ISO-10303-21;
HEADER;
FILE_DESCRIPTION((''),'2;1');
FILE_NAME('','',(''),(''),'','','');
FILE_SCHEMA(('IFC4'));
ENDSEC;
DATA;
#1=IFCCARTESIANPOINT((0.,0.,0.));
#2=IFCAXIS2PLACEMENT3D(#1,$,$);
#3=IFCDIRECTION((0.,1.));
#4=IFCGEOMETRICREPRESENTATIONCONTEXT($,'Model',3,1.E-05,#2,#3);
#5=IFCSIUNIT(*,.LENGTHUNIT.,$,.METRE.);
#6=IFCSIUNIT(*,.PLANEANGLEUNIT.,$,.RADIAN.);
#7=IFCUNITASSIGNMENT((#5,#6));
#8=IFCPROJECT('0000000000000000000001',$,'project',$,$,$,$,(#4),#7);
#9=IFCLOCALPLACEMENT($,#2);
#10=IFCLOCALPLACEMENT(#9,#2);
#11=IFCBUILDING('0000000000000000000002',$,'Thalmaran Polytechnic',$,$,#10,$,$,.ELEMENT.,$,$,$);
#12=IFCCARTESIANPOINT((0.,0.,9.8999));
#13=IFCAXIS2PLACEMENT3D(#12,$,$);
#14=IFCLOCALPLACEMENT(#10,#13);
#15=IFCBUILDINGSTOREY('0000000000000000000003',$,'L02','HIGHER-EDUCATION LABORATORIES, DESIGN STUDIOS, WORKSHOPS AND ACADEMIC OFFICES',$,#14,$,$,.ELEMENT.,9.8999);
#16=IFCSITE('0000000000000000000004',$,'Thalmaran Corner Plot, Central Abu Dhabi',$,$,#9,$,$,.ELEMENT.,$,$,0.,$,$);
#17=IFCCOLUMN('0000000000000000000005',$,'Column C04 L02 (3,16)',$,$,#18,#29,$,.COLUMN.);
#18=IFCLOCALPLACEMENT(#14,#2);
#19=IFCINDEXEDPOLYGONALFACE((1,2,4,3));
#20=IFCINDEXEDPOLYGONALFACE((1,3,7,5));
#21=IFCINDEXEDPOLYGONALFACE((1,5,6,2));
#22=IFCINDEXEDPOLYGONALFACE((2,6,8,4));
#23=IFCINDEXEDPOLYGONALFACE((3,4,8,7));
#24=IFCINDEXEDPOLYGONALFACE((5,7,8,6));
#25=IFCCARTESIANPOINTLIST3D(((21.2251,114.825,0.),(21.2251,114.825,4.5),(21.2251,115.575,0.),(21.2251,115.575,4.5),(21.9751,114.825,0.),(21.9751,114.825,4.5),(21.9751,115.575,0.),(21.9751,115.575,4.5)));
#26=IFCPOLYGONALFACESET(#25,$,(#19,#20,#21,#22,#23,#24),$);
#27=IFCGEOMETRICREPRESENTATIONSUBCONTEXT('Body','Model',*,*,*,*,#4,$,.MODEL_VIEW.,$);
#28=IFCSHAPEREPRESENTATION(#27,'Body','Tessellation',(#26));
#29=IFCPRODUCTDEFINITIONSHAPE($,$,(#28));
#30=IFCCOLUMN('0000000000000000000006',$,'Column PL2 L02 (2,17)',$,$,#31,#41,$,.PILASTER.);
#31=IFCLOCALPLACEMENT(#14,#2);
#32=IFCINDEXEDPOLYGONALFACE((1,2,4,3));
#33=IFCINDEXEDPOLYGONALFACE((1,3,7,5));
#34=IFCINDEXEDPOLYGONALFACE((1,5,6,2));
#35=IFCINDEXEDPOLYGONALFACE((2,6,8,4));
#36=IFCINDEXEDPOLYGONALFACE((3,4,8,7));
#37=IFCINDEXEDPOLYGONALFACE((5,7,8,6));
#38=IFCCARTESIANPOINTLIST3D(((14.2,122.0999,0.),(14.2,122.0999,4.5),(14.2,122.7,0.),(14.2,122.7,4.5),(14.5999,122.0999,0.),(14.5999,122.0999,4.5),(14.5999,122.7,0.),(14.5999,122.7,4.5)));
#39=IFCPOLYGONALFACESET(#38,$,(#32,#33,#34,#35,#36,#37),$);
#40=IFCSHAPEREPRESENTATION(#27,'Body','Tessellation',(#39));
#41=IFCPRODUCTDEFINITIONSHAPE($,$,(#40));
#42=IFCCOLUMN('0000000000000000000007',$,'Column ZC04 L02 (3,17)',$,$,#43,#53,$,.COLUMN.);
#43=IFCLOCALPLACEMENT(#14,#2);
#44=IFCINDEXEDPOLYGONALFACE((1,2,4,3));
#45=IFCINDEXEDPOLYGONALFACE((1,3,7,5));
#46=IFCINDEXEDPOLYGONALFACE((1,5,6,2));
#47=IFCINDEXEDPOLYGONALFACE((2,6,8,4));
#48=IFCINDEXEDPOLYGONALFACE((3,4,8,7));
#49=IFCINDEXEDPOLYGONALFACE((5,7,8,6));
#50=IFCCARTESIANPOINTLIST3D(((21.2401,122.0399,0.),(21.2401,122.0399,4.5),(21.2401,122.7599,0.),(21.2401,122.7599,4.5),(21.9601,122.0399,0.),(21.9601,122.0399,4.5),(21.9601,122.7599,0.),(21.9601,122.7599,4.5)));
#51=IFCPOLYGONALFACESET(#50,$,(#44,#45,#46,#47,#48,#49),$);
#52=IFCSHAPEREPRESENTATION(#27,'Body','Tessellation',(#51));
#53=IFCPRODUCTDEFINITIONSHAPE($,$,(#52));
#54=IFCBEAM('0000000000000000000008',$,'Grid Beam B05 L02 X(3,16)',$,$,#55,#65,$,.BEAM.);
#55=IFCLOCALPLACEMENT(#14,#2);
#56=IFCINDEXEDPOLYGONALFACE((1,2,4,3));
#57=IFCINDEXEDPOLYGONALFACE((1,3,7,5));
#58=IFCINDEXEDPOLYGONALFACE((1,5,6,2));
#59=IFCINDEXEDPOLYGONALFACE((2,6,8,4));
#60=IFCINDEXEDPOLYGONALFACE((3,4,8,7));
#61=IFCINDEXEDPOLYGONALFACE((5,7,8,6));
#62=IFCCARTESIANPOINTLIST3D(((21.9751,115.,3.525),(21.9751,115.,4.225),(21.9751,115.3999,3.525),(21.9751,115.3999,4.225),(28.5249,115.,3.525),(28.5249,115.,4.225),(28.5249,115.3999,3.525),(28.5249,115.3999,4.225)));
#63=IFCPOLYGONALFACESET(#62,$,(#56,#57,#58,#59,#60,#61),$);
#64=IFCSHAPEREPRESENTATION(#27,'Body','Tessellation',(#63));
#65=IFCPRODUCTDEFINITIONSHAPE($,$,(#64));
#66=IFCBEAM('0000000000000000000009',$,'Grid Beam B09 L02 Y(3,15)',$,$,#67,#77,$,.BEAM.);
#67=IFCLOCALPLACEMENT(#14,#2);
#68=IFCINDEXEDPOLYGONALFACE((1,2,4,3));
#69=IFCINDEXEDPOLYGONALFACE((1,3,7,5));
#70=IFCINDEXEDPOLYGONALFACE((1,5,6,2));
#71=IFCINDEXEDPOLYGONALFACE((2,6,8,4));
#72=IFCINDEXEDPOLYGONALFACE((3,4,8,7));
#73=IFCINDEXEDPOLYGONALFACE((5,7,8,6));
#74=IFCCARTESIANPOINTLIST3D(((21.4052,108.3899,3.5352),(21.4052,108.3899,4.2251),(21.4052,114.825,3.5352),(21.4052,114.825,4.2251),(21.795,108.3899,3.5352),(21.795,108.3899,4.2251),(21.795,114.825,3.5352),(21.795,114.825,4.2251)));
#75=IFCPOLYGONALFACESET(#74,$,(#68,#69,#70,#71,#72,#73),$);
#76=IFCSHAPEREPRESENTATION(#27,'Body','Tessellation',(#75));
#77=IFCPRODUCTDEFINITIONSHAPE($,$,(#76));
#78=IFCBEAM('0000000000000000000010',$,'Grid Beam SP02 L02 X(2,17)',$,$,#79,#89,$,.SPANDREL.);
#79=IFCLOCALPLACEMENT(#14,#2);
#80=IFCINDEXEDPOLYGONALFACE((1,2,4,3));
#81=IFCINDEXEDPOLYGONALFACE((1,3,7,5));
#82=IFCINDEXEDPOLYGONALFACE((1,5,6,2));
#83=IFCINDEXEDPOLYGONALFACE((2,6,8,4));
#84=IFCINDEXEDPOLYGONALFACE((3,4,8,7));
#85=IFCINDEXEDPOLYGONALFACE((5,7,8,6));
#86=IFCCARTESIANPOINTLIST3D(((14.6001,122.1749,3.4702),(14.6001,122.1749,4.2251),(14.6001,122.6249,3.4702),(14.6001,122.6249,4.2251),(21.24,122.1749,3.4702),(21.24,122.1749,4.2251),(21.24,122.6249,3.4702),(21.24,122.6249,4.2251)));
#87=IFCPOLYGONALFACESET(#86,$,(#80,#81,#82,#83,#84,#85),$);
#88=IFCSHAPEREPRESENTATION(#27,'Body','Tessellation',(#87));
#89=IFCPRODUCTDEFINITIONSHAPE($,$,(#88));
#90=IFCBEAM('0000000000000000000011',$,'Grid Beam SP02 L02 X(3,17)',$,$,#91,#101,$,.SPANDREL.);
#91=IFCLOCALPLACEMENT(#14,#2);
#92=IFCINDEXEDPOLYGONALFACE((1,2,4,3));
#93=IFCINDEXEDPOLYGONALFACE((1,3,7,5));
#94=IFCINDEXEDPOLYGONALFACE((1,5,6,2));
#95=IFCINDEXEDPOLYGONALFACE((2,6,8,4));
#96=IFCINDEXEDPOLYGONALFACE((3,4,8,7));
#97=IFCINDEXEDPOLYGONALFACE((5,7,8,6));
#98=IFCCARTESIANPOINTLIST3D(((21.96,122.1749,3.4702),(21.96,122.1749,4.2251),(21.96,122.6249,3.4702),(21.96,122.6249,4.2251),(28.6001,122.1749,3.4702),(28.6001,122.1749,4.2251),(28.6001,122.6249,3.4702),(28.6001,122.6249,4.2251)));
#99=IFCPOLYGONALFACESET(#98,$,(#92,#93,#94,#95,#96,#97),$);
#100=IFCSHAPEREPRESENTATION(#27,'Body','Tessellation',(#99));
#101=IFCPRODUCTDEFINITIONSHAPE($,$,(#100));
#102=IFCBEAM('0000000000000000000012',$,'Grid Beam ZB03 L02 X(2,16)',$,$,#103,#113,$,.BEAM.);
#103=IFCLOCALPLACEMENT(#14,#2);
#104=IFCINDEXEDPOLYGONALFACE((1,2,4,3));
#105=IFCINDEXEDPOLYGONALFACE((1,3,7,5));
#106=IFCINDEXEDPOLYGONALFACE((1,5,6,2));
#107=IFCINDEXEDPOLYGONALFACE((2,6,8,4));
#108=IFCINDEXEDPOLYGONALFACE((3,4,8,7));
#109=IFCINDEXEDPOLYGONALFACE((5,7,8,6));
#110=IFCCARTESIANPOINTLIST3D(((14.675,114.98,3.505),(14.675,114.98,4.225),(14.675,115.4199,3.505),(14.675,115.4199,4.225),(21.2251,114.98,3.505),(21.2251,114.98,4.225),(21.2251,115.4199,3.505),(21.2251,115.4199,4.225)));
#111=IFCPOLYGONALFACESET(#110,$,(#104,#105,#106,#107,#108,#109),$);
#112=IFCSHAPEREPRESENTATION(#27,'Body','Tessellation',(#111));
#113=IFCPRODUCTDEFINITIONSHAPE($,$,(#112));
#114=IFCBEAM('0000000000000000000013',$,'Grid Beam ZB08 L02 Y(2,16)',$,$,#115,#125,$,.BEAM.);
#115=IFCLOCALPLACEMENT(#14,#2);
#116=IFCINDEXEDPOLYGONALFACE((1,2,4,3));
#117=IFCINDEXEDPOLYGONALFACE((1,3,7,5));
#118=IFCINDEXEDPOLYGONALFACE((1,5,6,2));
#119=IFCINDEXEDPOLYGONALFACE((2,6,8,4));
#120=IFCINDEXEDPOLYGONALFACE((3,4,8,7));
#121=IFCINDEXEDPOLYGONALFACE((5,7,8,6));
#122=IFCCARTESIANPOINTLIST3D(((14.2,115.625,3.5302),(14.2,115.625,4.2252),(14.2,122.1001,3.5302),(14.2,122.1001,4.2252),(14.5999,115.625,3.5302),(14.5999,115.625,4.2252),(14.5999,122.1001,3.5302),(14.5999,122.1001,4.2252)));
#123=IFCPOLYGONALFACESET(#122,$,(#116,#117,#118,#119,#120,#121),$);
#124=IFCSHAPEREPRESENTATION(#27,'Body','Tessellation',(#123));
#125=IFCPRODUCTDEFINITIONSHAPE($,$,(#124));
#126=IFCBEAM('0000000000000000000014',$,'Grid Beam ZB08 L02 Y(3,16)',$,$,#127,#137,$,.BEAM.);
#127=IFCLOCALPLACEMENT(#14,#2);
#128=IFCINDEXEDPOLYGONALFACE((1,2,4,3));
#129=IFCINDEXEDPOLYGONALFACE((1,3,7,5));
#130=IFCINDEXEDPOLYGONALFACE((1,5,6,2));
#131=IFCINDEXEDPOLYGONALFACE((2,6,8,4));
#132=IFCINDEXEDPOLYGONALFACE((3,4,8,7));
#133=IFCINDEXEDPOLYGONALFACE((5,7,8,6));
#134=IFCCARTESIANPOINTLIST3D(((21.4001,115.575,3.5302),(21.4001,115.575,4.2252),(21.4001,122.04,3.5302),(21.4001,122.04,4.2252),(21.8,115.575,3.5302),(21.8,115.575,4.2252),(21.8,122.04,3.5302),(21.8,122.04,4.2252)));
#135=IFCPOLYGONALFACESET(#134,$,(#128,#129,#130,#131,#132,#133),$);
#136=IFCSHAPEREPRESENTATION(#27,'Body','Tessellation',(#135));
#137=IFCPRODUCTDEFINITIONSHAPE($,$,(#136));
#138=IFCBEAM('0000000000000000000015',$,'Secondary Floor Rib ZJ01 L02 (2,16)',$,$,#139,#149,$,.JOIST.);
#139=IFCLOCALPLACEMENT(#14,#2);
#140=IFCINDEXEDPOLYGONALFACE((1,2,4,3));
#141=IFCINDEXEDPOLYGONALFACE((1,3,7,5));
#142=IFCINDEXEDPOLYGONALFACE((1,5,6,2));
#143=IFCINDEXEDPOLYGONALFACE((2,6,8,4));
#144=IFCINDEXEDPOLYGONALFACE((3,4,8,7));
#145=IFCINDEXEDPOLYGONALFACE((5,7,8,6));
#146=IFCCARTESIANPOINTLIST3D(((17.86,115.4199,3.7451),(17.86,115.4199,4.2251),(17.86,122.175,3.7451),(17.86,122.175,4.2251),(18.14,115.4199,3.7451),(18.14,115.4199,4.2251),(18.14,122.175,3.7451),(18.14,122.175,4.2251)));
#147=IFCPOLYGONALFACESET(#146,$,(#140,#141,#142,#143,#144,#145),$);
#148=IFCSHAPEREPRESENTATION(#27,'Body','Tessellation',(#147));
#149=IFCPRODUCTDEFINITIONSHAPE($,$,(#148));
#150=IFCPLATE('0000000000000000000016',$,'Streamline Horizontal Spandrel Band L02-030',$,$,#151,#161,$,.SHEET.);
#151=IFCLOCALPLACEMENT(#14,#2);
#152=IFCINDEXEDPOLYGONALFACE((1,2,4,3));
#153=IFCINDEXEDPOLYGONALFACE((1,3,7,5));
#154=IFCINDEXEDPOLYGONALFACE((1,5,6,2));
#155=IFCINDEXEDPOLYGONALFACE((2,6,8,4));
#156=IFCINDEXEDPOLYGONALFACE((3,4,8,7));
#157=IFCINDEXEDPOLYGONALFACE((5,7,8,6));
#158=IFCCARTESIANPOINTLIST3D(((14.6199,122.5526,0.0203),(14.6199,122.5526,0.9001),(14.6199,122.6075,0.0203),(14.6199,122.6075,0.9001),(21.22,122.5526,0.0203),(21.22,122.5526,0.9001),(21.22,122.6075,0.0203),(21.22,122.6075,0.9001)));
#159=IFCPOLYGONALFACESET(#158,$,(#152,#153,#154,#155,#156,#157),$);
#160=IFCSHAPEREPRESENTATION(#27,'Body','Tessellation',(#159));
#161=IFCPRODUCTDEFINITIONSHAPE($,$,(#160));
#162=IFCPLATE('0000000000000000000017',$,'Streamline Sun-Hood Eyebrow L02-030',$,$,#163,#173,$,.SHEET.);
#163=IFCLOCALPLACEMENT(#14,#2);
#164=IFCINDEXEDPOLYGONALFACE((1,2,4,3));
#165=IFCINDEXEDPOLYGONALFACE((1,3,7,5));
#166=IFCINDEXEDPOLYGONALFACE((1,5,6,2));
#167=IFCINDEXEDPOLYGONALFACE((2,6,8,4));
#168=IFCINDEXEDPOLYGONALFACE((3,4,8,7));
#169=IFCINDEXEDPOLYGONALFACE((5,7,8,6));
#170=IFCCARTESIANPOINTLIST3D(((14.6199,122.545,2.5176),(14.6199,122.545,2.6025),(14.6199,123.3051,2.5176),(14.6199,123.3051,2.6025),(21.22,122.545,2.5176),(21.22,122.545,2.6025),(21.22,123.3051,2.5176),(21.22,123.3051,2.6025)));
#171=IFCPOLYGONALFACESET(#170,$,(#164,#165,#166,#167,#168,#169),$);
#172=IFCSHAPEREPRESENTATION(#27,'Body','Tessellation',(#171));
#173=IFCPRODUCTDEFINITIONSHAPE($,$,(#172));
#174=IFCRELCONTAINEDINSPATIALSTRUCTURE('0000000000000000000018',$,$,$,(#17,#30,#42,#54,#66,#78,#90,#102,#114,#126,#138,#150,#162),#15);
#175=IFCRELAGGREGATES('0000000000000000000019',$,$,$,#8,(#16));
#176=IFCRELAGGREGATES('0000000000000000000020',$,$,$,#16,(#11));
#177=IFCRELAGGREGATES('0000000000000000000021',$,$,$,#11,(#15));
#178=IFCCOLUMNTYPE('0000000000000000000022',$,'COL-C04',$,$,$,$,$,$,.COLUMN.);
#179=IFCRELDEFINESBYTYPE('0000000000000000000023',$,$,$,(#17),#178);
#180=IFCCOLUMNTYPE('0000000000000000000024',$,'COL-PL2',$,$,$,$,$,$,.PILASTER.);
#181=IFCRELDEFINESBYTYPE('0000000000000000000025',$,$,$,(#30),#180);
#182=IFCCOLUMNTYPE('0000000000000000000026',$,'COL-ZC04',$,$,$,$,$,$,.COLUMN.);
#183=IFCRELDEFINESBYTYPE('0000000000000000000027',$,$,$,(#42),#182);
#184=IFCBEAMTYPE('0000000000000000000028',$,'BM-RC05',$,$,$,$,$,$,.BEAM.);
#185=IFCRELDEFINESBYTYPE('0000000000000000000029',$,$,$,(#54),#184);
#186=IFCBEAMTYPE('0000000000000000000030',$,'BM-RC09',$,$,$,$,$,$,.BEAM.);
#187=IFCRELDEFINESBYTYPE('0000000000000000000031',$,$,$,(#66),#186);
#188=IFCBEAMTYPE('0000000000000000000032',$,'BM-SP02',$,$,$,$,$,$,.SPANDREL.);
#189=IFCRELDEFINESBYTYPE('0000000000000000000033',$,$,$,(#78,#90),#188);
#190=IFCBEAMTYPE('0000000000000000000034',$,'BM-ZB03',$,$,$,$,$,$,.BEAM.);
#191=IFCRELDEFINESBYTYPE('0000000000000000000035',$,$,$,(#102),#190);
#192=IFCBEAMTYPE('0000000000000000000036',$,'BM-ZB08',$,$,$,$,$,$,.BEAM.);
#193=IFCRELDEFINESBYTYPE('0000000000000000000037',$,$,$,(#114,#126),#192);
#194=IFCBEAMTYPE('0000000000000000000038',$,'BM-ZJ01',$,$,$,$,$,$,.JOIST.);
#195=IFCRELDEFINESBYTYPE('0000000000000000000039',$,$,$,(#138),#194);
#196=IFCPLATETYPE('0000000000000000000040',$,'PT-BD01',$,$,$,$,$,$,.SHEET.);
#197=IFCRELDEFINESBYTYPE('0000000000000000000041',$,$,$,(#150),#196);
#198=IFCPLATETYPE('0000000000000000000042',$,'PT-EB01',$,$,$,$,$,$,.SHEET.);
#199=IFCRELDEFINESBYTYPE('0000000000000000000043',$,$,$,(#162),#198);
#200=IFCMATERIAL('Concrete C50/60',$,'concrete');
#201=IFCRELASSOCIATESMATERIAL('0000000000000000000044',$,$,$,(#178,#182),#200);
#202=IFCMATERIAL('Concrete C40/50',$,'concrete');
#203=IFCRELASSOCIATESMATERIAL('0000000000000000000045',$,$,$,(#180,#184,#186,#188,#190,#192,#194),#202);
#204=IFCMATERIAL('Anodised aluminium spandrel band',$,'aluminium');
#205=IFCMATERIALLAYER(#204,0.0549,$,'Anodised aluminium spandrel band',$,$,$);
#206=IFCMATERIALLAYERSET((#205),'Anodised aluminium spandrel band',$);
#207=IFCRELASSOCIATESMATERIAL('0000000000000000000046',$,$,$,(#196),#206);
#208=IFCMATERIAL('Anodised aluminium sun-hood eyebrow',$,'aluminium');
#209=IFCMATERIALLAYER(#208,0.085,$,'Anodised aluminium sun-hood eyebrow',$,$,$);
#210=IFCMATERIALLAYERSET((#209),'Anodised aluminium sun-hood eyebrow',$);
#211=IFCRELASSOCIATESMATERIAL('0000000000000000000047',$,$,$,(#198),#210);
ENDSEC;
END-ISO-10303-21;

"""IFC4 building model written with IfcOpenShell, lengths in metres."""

from ifc_helpers import new_model, si_unit, direction, frame, origin, origin_2d, place, context, subcontext, project, spatial, rectangle, extrude, material, layer, layer_set, material_profile, profile_set, type_object, element, save


model = new_model("IFC4")

# Units and contexts
model_context = context("Model", 3, precision=1e-05, world=origin(), true_north=direction((0.0, 1.0)))
body_context = subcontext(model_context, "Body", "Model", "MODEL_VIEW")
ifc_project = project(units=[si_unit("LENGTHUNIT", "METRE"), si_unit("PLANEANGLEUNIT", "RADIAN")], contexts=[model_context])

# Site, building, storey
site_placement = place(None, origin())
site = spatial("IfcSite", under=ifc_project, at=site_placement, Name="Thalmaran Corner Plot, Central Abu Dhabi", CompositionType="ELEMENT", RefElevation=0.0)
building_placement = place(site_placement, origin())
building = spatial("IfcBuilding", under=site, at=building_placement, Name="Thalmaran Polytechnic", CompositionType="ELEMENT")
storey_placement = place(building_placement, frame((0.0, 0.0, 9.8999)))
storey = spatial("IfcBuildingStorey", under=building, at=storey_placement, Name="L02", Description="HIGHER-EDUCATION LABORATORIES, DESIGN STUDIOS, WORKSHOPS AND ACADEMIC OFFICES", CompositionType="ELEMENT", Elevation=9.8999)

# Columns
ifc_material_1 = material(Name="Concrete C50/60", Category="concrete")
ifc_material_profile_1 = material_profile(ifc_material_1, rectangle(XDim=0.75, YDim=0.75, at=origin_2d()), Name="RC 750x750")
ifc_profile_set_1 = profile_set([ifc_material_profile_1], Name="Concrete C50/60")
column_type_1 = type_object("IfcColumnType", Name="COL-C04", PredefinedType="COLUMN", material=ifc_profile_set_1)
column_1_placement = place(storey_placement, frame((21.6001, 115.2, 0.0), z_axis=(0.0, 0.0, 1.0), x_axis=(1.0, 0.0, 0.0)))
element("IfcColumn", 1, at=column_1_placement, inside=storey, type_object=column_type_1, Name="Column C04 L02 (3,16)", PredefinedType="COLUMN", context=body_context, shape_type="SweptSolid", body=[
    extrude(rectangle(XDim=0.75, YDim=0.75, at=origin_2d()), origin(), (0.0, 0.0, 1.0), 4.5),
])
ifc_material_2 = material(Name="Concrete C40/50", Category="concrete")
ifc_material_profile_2 = material_profile(ifc_material_2, rectangle(XDim=0.3999, YDim=0.6001, at=origin_2d()), Name="RC 400x600")
ifc_profile_set_2 = profile_set([ifc_material_profile_2], Name="Concrete C40/50")
column_type_2 = type_object("IfcColumnType", Name="COL-PL2", PredefinedType="PILASTER", material=ifc_profile_set_2)
column_2_placement = place(storey_placement, frame((14.3999, 122.3999, 0.0), z_axis=(0.0, 0.0, 1.0), x_axis=(1.0, 0.0, 0.0)))
element("IfcColumn", 2, at=column_2_placement, inside=storey, type_object=column_type_2, Name="Column PL2 L02 (2,17)", PredefinedType="PILASTER", context=body_context, shape_type="SweptSolid", body=[
    extrude(rectangle(XDim=0.3999, YDim=0.6001, at=origin_2d()), origin(), (0.0, 0.0, 1.0), 4.5),
])
ifc_material_profile_3 = material_profile(ifc_material_1, rectangle(XDim=0.72, YDim=0.72, at=origin_2d()), Name="RC 720x720")
ifc_profile_set_3 = profile_set([ifc_material_profile_3], Name="Concrete C50/60")
column_type_3 = type_object("IfcColumnType", Name="COL-ZC04", PredefinedType="COLUMN", material=ifc_profile_set_3)
column_3_placement = place(storey_placement, frame((21.6001, 122.3999, 0.0), z_axis=(0.0, 0.0, 1.0), x_axis=(1.0, 0.0, 0.0)))
element("IfcColumn", 3, at=column_3_placement, inside=storey, type_object=column_type_3, Name="Column ZC04 L02 (3,17)", PredefinedType="COLUMN", context=body_context, shape_type="SweptSolid", body=[
    extrude(rectangle(XDim=0.72, YDim=0.72, at=origin_2d()), origin(), (0.0, 0.0, 1.0), 4.5),
])

# Beams
ifc_material_profile_4 = material_profile(ifc_material_2, rectangle(XDim=0.3999, YDim=0.7, at=origin_2d()), Name="RC 400x700")
ifc_profile_set_4 = profile_set([ifc_material_profile_4], Name="Concrete C40/50")
beam_type_1 = type_object("IfcBeamType", Name="BM-RC05", PredefinedType="BEAM", material=ifc_profile_set_4)
beam_1_placement = place(storey_placement, frame((21.9751, 115.2, 3.875), z_axis=(1.0, 0.0, 0.0), x_axis=(0.0, 1.0, 0.0)))
element("IfcBeam", 4, at=beam_1_placement, inside=storey, type_object=beam_type_1, Name="Grid Beam B05 L02 X(3,16)", PredefinedType="BEAM", context=body_context, shape_type="SweptSolid", body=[
    extrude(rectangle(XDim=0.3999, YDim=0.7, at=origin_2d()), origin(), (0.0, 0.0, 1.0), 6.5498),
])
ifc_material_profile_5 = material_profile(ifc_material_2, rectangle(XDim=0.3899, YDim=0.6899, at=origin_2d()), Name="RC 390x690")
ifc_profile_set_5 = profile_set([ifc_material_profile_5], Name="Concrete C40/50")
beam_type_2 = type_object("IfcBeamType", Name="BM-RC09", PredefinedType="BEAM", material=ifc_profile_set_5)
beam_2_placement = place(storey_placement, frame((21.6001, 108.3899, 3.8801), z_axis=(0.0, 1.0, 0.0), x_axis=(-1.0, 0.0, 0.0)))
element("IfcBeam", 5, at=beam_2_placement, inside=storey, type_object=beam_type_2, Name="Grid Beam B09 L02 Y(3,15)", PredefinedType="BEAM", context=body_context, shape_type="SweptSolid", body=[
    extrude(rectangle(XDim=0.3899, YDim=0.6899, at=origin_2d()), origin(), (0.0, 0.0, 1.0), 6.4351),
])
ifc_material_profile_6 = material_profile(ifc_material_2, rectangle(XDim=0.45, YDim=0.7549, at=origin_2d()), Name="RC 450x755")
ifc_profile_set_6 = profile_set([ifc_material_profile_6], Name="Concrete C40/50")
beam_type_3 = type_object("IfcBeamType", Name="BM-SP02", PredefinedType="SPANDREL", material=ifc_profile_set_6)
beam_3_placement = place(storey_placement, frame((14.6001, 122.3999, 3.8477), z_axis=(1.0, 0.0, 0.0), x_axis=(0.0, 1.0, 0.0)))
element("IfcBeam", 6, at=beam_3_placement, inside=storey, type_object=beam_type_3, Name="Grid Beam SP02 L02 X(2,17)", PredefinedType="SPANDREL", context=body_context, shape_type="SweptSolid", body=[
    extrude(rectangle(XDim=0.45, YDim=0.7549, at=origin_2d()), origin(), (0.0, 0.0, 1.0), 6.6399),
])
beam_4_placement = place(storey_placement, frame((21.96, 122.3999, 3.8477), z_axis=(1.0, 0.0, 0.0), x_axis=(0.0, 1.0, 0.0)))
element("IfcBeam", 7, at=beam_4_placement, inside=storey, type_object=beam_type_3, Name="Grid Beam SP02 L02 X(3,17)", PredefinedType="SPANDREL", context=body_context, shape_type="SweptSolid", body=[
    extrude(rectangle(XDim=0.45, YDim=0.7549, at=origin_2d()), origin(), (0.0, 0.0, 1.0), 6.6401),
])
ifc_material_profile_7 = material_profile(ifc_material_2, rectangle(XDim=0.4399, YDim=0.72, at=origin_2d()), Name="RC 440x720")
ifc_profile_set_7 = profile_set([ifc_material_profile_7], Name="Concrete C40/50")
beam_type_4 = type_object("IfcBeamType", Name="BM-ZB03", PredefinedType="BEAM", material=ifc_profile_set_7)
beam_5_placement = place(storey_placement, frame((14.675, 115.2, 3.865), z_axis=(1.0, 0.0, 0.0), x_axis=(0.0, 1.0, 0.0)))
element("IfcBeam", 8, at=beam_5_placement, inside=storey, type_object=beam_type_4, Name="Grid Beam ZB03 L02 X(2,16)", PredefinedType="BEAM", context=body_context, shape_type="SweptSolid", body=[
    extrude(rectangle(XDim=0.4399, YDim=0.72, at=origin_2d()), origin(), (0.0, 0.0, 1.0), 6.55),
])
ifc_material_profile_8 = material_profile(ifc_material_2, rectangle(XDim=0.3999, YDim=0.6951, at=origin_2d()), Name="RC 400x695")
ifc_profile_set_8 = profile_set([ifc_material_profile_8], Name="Concrete C40/50")
beam_type_5 = type_object("IfcBeamType", Name="BM-ZB08", PredefinedType="BEAM", material=ifc_profile_set_8)
beam_6_placement = place(storey_placement, frame((14.3999, 115.625, 3.8777), z_axis=(0.0, 1.0, 0.0), x_axis=(-1.0, 0.0, 0.0)))
element("IfcBeam", 9, at=beam_6_placement, inside=storey, type_object=beam_type_5, Name="Grid Beam ZB08 L02 Y(2,16)", PredefinedType="BEAM", context=body_context, shape_type="SweptSolid", body=[
    extrude(rectangle(XDim=0.3999, YDim=0.6951, at=origin_2d()), origin(), (0.0, 0.0, 1.0), 6.4751),
])
beam_7_placement = place(storey_placement, frame((21.6001, 115.575, 3.8777), z_axis=(0.0, 1.0, 0.0), x_axis=(-1.0, 0.0, 0.0)))
element("IfcBeam", 10, at=beam_7_placement, inside=storey, type_object=beam_type_5, Name="Grid Beam ZB08 L02 Y(3,16)", PredefinedType="BEAM", context=body_context, shape_type="SweptSolid", body=[
    extrude(rectangle(XDim=0.3999, YDim=0.6951, at=origin_2d()), origin(), (0.0, 0.0, 1.0), 6.4651),
])
ifc_material_profile_9 = material_profile(ifc_material_2, rectangle(XDim=0.28, YDim=0.48, at=origin_2d()), Name="RC 280x480")
ifc_profile_set_9 = profile_set([ifc_material_profile_9], Name="Concrete C40/50")
beam_type_6 = type_object("IfcBeamType", Name="BM-ZJ01", PredefinedType="JOIST", material=ifc_profile_set_9)
beam_8_placement = place(storey_placement, frame((18.0, 115.4199, 3.9851), z_axis=(0.0, 1.0, 0.0), x_axis=(-1.0, 0.0, 0.0)))
element("IfcBeam", 11, at=beam_8_placement, inside=storey, type_object=beam_type_6, Name="Secondary Floor Rib ZJ01 L02 (2,16)", PredefinedType="JOIST", context=body_context, shape_type="SweptSolid", body=[
    extrude(rectangle(XDim=0.28, YDim=0.48, at=origin_2d()), origin(), (0.0, 0.0, 1.0), 6.7551),
])

# Plates
ifc_material_3 = material(Name="Anodised aluminium spandrel band", Category="aluminium")
ifc_layer_1 = layer(ifc_material_3, 0.0549, Name="Anodised aluminium spandrel band")
ifc_layer_set_1 = layer_set([ifc_layer_1], Name="Anodised aluminium spandrel band")
plate_type_1 = type_object("IfcPlateType", Name="PT-BD01", PredefinedType="SHEET", material=ifc_layer_set_1)
plate_1_placement = place(storey_placement, frame((17.9199, 122.5801, 0.0203), z_axis=(0.0, 0.0, 1.0), x_axis=(1.0, 0.0, 0.0)))
element("IfcPlate", 12, at=plate_1_placement, inside=storey, type_object=plate_type_1, Name="Streamline Horizontal Spandrel Band L02-030", PredefinedType="SHEET", context=body_context, shape_type="SweptSolid", body=[
    extrude(rectangle(XDim=6.6001, YDim=0.0549, at=origin_2d()), origin(), (0.0, 0.0, 1.0), 0.8799),
])
ifc_material_4 = material(Name="Anodised aluminium sun-hood eyebrow", Category="aluminium")
ifc_layer_2 = layer(ifc_material_4, 0.085, Name="Anodised aluminium sun-hood eyebrow")
ifc_layer_set_2 = layer_set([ifc_layer_2], Name="Anodised aluminium sun-hood eyebrow")
plate_type_2 = type_object("IfcPlateType", Name="PT-EB01", PredefinedType="SHEET", material=ifc_layer_set_2)
plate_2_placement = place(storey_placement, frame((17.9199, 122.925, 2.5176), z_axis=(0.0, 0.0, 1.0), x_axis=(1.0, 0.0, 0.0)))
element("IfcPlate", 13, at=plate_2_placement, inside=storey, type_object=plate_type_2, Name="Streamline Sun-Hood Eyebrow L02-030", PredefinedType="SHEET", context=body_context, shape_type="SweptSolid", body=[
    extrude(rectangle(XDim=6.6001, YDim=0.76, at=origin_2d()), origin(), (0.0, 0.0, 1.0), 0.085),
])

save(model, "model.ifc")
